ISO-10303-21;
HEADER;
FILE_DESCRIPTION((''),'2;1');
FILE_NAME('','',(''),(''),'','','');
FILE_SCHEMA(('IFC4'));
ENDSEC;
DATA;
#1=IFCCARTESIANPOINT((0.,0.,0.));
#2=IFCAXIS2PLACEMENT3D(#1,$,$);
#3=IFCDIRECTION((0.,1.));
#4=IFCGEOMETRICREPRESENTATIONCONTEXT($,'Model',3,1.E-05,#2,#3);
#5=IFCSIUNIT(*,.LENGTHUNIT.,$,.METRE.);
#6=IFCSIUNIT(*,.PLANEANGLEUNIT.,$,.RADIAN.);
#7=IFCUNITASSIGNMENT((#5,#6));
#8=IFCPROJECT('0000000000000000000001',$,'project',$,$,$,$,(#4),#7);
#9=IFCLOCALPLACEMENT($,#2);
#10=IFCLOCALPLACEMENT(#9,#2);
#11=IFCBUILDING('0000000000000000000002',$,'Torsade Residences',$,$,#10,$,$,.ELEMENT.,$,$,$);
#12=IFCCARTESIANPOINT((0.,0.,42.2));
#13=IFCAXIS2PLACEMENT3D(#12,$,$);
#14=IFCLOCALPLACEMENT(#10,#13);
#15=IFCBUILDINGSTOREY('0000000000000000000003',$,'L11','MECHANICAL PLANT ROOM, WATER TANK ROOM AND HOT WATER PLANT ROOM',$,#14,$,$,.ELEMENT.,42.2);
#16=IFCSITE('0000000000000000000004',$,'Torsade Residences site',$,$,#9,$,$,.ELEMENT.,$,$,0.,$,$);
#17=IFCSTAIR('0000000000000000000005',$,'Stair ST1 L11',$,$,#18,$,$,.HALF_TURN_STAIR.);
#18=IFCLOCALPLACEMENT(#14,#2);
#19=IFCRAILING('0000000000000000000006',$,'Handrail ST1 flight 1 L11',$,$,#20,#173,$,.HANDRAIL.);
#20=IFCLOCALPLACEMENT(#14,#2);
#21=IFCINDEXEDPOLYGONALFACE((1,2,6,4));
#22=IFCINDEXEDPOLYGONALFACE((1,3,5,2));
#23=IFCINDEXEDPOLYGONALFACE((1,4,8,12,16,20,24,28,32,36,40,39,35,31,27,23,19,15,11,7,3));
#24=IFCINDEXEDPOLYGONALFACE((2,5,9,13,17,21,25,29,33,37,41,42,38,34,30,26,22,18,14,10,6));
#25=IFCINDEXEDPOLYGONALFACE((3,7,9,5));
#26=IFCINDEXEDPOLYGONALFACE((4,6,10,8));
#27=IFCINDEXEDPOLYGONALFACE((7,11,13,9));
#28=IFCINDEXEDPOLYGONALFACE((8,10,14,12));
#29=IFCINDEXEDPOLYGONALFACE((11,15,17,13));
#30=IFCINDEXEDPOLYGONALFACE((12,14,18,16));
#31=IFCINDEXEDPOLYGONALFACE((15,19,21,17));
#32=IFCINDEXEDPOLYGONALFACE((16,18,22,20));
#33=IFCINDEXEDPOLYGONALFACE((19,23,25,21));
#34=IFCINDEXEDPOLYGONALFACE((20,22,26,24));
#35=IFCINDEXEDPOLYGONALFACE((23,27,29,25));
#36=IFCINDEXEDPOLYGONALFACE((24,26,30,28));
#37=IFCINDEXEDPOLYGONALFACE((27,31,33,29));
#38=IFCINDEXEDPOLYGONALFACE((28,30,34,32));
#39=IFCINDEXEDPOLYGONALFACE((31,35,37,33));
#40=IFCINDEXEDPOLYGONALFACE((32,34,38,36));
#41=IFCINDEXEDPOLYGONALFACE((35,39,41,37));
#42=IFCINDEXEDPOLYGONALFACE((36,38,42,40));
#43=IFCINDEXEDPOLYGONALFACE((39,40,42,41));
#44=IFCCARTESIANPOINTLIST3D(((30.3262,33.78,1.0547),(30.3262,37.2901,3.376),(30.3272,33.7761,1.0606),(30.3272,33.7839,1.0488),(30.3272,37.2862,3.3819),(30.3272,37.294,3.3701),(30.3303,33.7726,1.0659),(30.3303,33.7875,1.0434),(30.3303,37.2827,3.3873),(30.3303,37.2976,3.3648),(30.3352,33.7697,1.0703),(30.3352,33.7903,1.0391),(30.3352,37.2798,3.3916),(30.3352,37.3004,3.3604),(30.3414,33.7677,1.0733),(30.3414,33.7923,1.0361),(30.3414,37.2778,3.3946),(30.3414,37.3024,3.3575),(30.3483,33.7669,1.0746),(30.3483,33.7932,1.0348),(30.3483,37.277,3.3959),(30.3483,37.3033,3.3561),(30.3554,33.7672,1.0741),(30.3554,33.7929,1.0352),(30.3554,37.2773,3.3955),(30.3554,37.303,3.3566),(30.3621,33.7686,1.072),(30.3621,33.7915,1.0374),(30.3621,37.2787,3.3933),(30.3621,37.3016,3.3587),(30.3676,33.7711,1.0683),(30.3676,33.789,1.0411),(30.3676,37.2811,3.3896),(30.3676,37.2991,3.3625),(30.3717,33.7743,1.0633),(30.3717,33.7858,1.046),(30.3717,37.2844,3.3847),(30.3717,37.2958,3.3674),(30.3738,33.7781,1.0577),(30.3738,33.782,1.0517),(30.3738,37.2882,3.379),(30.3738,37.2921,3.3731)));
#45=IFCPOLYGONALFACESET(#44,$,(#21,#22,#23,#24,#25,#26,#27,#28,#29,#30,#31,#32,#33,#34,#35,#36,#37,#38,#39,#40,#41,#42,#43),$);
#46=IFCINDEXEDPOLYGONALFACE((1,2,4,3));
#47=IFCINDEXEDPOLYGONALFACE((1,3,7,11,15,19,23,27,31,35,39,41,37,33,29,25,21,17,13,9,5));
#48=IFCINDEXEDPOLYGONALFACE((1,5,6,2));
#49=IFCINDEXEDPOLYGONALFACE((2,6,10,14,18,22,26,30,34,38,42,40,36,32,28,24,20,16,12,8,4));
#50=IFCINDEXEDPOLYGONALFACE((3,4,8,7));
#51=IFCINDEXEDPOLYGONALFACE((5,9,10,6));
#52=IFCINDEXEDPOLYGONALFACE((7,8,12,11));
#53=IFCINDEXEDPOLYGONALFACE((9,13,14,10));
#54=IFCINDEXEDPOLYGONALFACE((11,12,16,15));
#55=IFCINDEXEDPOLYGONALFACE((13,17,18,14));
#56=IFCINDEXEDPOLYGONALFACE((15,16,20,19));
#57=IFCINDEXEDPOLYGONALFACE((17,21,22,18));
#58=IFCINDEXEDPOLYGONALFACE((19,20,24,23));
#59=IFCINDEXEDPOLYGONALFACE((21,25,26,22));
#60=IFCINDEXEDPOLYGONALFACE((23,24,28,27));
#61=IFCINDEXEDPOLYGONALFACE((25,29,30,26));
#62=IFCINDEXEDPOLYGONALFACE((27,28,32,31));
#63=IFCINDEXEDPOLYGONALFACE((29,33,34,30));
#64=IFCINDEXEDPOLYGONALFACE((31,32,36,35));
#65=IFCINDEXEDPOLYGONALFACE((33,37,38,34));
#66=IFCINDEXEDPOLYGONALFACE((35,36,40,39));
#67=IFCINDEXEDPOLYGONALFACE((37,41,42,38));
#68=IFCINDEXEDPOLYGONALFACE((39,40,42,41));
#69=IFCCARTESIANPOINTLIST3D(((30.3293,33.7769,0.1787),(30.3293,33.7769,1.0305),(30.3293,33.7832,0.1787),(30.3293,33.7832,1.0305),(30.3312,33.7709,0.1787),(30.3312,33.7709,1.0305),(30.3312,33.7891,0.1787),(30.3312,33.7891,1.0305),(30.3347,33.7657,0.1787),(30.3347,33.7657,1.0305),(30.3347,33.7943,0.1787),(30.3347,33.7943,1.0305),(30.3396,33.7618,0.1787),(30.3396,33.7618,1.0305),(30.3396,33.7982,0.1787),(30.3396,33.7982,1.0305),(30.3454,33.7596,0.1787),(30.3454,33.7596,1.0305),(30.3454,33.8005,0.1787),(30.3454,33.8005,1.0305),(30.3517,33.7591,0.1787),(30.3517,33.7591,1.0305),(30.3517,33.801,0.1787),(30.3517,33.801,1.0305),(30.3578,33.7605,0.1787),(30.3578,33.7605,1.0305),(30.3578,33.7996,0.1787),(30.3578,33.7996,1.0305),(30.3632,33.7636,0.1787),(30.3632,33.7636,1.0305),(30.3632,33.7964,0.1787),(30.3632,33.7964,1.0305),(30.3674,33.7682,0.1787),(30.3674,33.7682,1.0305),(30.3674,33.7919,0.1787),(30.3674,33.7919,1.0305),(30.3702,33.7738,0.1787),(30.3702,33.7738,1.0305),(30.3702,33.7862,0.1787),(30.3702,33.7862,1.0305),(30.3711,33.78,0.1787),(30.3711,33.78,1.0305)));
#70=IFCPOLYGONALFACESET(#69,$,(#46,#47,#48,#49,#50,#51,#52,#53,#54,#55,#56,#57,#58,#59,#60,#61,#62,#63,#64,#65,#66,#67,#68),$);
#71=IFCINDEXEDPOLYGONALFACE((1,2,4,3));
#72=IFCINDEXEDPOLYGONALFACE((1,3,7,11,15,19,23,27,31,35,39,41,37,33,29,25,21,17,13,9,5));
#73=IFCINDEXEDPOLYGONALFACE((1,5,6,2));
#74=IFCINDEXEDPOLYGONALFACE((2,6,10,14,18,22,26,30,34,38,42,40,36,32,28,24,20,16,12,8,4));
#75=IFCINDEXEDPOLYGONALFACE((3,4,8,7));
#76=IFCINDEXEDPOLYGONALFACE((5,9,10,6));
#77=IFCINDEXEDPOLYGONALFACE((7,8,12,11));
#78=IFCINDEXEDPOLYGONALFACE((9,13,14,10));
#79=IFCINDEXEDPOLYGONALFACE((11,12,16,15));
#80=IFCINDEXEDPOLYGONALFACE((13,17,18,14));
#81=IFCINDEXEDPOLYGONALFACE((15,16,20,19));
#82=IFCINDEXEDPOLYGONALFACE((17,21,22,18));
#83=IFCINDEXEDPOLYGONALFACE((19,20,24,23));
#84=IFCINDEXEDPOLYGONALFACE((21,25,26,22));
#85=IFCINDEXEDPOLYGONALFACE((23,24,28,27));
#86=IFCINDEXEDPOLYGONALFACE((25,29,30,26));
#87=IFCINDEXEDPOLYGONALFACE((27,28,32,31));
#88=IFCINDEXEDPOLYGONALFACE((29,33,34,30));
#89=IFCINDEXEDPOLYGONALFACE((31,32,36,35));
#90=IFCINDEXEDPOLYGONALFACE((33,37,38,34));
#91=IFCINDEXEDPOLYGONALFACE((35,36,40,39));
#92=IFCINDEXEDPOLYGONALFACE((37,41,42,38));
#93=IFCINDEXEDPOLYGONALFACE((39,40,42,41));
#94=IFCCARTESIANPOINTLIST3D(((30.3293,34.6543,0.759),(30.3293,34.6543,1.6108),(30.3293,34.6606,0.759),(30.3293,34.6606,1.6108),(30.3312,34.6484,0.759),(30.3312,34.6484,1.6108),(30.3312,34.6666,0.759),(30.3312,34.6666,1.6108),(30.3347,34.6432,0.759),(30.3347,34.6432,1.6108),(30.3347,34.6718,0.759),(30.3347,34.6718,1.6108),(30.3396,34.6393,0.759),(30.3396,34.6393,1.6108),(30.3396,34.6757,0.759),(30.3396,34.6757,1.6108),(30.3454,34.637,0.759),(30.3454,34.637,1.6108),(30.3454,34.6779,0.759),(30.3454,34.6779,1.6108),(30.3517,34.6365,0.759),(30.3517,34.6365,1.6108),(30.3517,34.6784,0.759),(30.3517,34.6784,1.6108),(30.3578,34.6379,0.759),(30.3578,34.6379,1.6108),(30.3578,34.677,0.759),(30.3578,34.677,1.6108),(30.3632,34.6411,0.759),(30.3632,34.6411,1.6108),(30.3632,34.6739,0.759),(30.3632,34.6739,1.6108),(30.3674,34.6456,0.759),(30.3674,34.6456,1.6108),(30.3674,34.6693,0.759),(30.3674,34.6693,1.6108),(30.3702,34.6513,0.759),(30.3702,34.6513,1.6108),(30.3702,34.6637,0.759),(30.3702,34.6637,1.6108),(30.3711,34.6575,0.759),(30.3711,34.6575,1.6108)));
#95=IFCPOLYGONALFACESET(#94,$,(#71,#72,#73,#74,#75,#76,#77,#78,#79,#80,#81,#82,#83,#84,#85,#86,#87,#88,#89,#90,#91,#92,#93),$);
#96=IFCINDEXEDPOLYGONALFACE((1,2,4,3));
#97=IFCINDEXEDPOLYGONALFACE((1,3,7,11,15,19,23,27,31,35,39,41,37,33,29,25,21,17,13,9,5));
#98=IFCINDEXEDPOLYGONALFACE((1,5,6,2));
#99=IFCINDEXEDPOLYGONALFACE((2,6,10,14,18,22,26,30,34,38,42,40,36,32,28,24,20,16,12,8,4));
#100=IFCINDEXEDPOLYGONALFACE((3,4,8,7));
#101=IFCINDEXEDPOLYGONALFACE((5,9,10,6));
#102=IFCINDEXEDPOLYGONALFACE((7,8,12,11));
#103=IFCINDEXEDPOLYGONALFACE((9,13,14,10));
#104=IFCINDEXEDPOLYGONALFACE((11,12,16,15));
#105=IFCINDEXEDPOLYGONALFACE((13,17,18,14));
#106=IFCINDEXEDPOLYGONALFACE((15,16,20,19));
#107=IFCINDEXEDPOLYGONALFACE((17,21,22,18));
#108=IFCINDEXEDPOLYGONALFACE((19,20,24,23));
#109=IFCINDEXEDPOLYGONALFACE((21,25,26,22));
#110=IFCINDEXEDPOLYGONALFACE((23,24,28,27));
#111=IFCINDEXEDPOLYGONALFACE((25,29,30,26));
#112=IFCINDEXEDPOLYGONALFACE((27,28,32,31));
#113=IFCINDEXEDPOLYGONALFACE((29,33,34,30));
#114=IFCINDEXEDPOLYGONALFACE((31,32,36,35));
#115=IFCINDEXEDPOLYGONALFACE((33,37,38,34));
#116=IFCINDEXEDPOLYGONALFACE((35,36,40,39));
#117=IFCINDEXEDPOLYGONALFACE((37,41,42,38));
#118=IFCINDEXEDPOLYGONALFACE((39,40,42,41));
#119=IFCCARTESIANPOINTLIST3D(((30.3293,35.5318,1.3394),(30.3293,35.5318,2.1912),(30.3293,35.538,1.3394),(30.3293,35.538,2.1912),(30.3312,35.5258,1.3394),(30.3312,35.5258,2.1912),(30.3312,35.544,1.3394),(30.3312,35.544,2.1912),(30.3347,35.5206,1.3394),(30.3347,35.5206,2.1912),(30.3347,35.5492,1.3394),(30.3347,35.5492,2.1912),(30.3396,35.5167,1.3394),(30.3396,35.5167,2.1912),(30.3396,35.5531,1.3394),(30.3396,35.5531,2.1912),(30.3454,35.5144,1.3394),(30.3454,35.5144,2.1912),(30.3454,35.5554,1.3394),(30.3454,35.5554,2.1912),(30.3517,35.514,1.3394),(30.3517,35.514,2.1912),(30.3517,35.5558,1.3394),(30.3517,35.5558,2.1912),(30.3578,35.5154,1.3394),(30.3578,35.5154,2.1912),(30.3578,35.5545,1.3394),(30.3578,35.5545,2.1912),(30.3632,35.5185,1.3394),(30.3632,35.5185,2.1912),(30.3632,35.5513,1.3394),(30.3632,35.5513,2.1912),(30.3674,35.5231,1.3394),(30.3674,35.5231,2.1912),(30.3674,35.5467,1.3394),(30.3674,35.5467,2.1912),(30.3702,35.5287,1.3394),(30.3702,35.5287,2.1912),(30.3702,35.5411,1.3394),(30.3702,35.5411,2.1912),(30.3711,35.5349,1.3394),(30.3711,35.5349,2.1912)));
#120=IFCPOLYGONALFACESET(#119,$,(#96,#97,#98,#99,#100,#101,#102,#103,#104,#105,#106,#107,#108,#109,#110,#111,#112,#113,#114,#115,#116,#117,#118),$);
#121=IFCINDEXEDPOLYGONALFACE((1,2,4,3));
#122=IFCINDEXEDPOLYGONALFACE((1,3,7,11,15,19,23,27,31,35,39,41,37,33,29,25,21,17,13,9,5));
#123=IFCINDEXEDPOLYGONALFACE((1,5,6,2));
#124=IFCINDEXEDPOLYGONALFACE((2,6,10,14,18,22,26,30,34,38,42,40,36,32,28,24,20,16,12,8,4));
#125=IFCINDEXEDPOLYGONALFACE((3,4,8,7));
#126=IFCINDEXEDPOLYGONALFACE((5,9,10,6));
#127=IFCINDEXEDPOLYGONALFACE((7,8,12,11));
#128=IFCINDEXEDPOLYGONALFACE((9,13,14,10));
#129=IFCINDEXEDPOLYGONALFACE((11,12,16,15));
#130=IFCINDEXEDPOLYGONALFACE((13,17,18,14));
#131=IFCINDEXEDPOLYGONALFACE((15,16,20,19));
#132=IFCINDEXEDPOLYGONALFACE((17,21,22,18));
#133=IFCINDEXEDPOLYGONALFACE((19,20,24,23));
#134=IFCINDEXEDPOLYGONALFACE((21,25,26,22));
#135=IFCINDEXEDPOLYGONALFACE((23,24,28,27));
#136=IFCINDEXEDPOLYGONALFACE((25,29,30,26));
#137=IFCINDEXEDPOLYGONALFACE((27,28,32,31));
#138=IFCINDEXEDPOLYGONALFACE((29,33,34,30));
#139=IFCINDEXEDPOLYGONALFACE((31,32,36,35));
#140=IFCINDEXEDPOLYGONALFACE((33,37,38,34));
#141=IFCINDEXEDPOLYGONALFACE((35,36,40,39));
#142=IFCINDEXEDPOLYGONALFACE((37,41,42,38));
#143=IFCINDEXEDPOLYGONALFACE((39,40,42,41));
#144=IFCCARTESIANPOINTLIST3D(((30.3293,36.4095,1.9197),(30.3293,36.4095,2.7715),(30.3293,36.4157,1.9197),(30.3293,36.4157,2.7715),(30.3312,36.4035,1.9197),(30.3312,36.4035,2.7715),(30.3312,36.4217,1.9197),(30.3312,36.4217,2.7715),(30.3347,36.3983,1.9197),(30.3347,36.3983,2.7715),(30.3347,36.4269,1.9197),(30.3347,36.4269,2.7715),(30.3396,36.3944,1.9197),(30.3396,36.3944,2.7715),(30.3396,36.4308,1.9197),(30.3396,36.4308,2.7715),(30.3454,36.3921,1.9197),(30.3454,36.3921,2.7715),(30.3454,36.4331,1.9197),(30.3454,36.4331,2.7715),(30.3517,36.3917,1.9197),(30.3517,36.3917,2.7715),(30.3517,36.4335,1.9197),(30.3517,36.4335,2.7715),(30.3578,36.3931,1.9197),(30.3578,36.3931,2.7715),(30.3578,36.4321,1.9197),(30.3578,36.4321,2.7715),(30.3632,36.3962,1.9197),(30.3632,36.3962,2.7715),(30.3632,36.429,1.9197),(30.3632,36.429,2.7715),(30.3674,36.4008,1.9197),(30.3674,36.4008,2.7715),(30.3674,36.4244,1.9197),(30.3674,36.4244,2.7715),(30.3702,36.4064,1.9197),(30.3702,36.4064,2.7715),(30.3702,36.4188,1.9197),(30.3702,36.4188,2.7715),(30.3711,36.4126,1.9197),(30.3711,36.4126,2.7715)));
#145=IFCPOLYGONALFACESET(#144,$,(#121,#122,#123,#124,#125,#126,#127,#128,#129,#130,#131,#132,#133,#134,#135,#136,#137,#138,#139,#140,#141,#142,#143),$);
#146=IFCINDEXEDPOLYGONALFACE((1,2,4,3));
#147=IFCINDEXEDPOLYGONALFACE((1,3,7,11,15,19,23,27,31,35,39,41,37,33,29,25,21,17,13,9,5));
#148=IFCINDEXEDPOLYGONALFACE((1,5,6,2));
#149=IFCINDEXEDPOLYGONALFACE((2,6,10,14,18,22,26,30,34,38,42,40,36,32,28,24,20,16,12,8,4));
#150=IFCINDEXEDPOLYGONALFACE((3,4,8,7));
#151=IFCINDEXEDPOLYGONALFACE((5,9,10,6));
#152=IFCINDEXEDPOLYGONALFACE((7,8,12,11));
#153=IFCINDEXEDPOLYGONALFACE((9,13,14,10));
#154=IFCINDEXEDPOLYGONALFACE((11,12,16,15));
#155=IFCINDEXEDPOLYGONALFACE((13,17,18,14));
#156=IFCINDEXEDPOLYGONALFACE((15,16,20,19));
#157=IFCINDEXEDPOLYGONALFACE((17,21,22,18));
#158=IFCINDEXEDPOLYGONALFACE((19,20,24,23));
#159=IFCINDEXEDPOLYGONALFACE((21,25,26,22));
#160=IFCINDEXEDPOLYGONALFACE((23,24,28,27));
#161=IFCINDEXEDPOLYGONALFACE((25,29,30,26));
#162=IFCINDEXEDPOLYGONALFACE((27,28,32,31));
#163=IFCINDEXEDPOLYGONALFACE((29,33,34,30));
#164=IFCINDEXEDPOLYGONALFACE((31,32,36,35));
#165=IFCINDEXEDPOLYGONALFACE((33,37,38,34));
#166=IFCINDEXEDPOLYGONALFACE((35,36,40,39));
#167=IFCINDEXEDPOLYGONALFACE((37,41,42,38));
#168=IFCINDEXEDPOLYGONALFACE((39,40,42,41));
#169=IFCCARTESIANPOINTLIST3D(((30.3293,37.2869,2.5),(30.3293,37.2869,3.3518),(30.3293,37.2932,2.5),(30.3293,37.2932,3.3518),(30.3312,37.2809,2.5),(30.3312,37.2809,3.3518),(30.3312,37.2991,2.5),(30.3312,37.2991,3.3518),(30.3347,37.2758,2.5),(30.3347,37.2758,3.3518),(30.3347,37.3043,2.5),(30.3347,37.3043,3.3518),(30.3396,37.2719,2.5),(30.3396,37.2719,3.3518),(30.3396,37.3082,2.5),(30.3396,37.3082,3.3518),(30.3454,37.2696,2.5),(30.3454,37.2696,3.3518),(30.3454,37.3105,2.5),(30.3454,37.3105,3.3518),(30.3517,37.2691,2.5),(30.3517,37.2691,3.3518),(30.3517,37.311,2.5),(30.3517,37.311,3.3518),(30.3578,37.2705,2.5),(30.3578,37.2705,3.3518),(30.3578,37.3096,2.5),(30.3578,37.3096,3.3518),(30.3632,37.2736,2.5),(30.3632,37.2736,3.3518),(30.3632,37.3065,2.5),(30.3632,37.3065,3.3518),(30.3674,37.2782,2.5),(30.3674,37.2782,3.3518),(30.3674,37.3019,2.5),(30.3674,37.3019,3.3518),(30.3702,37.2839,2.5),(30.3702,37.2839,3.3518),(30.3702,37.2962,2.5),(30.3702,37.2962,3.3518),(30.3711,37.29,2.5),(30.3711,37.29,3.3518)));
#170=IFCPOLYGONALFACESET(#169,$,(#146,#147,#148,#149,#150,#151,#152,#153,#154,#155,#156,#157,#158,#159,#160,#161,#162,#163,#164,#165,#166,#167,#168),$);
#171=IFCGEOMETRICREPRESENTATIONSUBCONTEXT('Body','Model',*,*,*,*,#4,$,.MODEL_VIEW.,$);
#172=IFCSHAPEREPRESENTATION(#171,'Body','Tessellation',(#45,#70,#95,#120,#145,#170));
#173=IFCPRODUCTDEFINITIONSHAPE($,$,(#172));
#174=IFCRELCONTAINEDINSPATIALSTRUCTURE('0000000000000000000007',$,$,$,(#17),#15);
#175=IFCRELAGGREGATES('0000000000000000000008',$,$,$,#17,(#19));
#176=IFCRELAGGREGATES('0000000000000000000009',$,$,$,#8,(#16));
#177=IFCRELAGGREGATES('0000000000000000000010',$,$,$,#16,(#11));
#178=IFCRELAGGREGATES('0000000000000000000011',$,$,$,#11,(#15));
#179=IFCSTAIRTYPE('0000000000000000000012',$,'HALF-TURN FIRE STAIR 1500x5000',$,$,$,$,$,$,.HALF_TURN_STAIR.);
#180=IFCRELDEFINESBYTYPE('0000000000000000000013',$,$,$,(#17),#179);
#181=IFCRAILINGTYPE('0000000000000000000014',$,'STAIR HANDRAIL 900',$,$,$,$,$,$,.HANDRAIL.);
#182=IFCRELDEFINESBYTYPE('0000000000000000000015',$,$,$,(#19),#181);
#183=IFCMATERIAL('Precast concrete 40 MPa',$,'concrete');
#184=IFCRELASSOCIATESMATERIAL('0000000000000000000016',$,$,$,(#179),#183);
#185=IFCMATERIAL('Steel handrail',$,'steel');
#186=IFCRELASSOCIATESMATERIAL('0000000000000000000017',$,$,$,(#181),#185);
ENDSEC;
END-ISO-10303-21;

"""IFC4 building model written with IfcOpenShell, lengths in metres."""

from ifc_helpers import new_model, si_unit, direction, frame, origin, origin_2d, place, context, subcontext, project, spatial, circle, extrude, material, type_object, element, aggregate, save


model = new_model("IFC4")

# Units and contexts
model_context = context("Model", 3, precision=1e-05, world=origin(), true_north=direction((0.0, 1.0)))
body_context = subcontext(model_context, "Body", "Model", "MODEL_VIEW")
ifc_project = project(units=[si_unit("LENGTHUNIT", "METRE"), si_unit("PLANEANGLEUNIT", "RADIAN")], contexts=[model_context])

# Site, building, storey
site_placement = place(None, origin())
site = spatial("IfcSite", under=ifc_project, at=site_placement, Name="Torsade Residences site", CompositionType="ELEMENT", RefElevation=0.0)
building_placement = place(site_placement, origin())
building = spatial("IfcBuilding", under=site, at=building_placement, Name="Torsade Residences", CompositionType="ELEMENT")
storey_placement = place(building_placement, frame((0.0, 0.0, 42.2)))
storey = spatial("IfcBuildingStorey", under=building, at=storey_placement, Name="L11", Description="MECHANICAL PLANT ROOM, WATER TANK ROOM AND HOT WATER PLANT ROOM", CompositionType="ELEMENT", Elevation=42.2)

# Stair, railing
ifc_material_1 = material(Name="Precast concrete 40 MPa", Category="concrete")
stair_type = type_object("IfcStairType", Name="HALF-TURN FIRE STAIR 1500x5000", PredefinedType="HALF_TURN_STAIR", material=ifc_material_1)
stair_placement = place(storey_placement, origin())
stair = element("IfcStair", 1, at=stair_placement, inside=storey, type_object=stair_type, Name="Stair ST1 L11", PredefinedType="HALF_TURN_STAIR")
ifc_material_2 = material(Name="Steel handrail", Category="steel")
railing_type = type_object("IfcRailingType", Name="STAIR HANDRAIL 900", PredefinedType="HANDRAIL", material=ifc_material_2)
railing_1_placement = place(storey_placement, frame((30.3501, 33.78, 0.1787)))
railing_1 = element("IfcRailing", 2, at=railing_1_placement, type_object=railing_type, Name="Handrail ST1 flight 1 L11", PredefinedType="HANDRAIL", context=body_context, shape_type="SweptSolid", body=[
    extrude(circle(Radius=0.0239, at=origin_2d()), frame((0.0, 0.0, 0.876), z_axis=(0.0, 0.834097, 0.551617), x_axis=(-1.0, 0.0, 0.0)), (0.0, 0.0, 1.0), 4.2083),
    extrude(circle(Radius=0.021, at=origin_2d()), origin(), (0.0, 0.0, 1.0), 0.8518),
    extrude(circle(Radius=0.021, at=origin_2d()), frame((0.0, 0.8774, 0.5803)), (0.0, 0.0, 1.0), 0.8518),
    extrude(circle(Radius=0.021, at=origin_2d()), frame((0.0, 1.7549, 1.1606)), (0.0, 0.0, 1.0), 0.8518),
    extrude(circle(Radius=0.021, at=origin_2d()), frame((0.0, 2.6326, 1.741)), (0.0, 0.0, 1.0), 0.8518),
    extrude(circle(Radius=0.021, at=origin_2d()), frame((0.0, 3.51, 2.3213)), (0.0, 0.0, 1.0), 0.8518),
])
aggregate(stair, [railing_1])

save(model, "model.ifc")
